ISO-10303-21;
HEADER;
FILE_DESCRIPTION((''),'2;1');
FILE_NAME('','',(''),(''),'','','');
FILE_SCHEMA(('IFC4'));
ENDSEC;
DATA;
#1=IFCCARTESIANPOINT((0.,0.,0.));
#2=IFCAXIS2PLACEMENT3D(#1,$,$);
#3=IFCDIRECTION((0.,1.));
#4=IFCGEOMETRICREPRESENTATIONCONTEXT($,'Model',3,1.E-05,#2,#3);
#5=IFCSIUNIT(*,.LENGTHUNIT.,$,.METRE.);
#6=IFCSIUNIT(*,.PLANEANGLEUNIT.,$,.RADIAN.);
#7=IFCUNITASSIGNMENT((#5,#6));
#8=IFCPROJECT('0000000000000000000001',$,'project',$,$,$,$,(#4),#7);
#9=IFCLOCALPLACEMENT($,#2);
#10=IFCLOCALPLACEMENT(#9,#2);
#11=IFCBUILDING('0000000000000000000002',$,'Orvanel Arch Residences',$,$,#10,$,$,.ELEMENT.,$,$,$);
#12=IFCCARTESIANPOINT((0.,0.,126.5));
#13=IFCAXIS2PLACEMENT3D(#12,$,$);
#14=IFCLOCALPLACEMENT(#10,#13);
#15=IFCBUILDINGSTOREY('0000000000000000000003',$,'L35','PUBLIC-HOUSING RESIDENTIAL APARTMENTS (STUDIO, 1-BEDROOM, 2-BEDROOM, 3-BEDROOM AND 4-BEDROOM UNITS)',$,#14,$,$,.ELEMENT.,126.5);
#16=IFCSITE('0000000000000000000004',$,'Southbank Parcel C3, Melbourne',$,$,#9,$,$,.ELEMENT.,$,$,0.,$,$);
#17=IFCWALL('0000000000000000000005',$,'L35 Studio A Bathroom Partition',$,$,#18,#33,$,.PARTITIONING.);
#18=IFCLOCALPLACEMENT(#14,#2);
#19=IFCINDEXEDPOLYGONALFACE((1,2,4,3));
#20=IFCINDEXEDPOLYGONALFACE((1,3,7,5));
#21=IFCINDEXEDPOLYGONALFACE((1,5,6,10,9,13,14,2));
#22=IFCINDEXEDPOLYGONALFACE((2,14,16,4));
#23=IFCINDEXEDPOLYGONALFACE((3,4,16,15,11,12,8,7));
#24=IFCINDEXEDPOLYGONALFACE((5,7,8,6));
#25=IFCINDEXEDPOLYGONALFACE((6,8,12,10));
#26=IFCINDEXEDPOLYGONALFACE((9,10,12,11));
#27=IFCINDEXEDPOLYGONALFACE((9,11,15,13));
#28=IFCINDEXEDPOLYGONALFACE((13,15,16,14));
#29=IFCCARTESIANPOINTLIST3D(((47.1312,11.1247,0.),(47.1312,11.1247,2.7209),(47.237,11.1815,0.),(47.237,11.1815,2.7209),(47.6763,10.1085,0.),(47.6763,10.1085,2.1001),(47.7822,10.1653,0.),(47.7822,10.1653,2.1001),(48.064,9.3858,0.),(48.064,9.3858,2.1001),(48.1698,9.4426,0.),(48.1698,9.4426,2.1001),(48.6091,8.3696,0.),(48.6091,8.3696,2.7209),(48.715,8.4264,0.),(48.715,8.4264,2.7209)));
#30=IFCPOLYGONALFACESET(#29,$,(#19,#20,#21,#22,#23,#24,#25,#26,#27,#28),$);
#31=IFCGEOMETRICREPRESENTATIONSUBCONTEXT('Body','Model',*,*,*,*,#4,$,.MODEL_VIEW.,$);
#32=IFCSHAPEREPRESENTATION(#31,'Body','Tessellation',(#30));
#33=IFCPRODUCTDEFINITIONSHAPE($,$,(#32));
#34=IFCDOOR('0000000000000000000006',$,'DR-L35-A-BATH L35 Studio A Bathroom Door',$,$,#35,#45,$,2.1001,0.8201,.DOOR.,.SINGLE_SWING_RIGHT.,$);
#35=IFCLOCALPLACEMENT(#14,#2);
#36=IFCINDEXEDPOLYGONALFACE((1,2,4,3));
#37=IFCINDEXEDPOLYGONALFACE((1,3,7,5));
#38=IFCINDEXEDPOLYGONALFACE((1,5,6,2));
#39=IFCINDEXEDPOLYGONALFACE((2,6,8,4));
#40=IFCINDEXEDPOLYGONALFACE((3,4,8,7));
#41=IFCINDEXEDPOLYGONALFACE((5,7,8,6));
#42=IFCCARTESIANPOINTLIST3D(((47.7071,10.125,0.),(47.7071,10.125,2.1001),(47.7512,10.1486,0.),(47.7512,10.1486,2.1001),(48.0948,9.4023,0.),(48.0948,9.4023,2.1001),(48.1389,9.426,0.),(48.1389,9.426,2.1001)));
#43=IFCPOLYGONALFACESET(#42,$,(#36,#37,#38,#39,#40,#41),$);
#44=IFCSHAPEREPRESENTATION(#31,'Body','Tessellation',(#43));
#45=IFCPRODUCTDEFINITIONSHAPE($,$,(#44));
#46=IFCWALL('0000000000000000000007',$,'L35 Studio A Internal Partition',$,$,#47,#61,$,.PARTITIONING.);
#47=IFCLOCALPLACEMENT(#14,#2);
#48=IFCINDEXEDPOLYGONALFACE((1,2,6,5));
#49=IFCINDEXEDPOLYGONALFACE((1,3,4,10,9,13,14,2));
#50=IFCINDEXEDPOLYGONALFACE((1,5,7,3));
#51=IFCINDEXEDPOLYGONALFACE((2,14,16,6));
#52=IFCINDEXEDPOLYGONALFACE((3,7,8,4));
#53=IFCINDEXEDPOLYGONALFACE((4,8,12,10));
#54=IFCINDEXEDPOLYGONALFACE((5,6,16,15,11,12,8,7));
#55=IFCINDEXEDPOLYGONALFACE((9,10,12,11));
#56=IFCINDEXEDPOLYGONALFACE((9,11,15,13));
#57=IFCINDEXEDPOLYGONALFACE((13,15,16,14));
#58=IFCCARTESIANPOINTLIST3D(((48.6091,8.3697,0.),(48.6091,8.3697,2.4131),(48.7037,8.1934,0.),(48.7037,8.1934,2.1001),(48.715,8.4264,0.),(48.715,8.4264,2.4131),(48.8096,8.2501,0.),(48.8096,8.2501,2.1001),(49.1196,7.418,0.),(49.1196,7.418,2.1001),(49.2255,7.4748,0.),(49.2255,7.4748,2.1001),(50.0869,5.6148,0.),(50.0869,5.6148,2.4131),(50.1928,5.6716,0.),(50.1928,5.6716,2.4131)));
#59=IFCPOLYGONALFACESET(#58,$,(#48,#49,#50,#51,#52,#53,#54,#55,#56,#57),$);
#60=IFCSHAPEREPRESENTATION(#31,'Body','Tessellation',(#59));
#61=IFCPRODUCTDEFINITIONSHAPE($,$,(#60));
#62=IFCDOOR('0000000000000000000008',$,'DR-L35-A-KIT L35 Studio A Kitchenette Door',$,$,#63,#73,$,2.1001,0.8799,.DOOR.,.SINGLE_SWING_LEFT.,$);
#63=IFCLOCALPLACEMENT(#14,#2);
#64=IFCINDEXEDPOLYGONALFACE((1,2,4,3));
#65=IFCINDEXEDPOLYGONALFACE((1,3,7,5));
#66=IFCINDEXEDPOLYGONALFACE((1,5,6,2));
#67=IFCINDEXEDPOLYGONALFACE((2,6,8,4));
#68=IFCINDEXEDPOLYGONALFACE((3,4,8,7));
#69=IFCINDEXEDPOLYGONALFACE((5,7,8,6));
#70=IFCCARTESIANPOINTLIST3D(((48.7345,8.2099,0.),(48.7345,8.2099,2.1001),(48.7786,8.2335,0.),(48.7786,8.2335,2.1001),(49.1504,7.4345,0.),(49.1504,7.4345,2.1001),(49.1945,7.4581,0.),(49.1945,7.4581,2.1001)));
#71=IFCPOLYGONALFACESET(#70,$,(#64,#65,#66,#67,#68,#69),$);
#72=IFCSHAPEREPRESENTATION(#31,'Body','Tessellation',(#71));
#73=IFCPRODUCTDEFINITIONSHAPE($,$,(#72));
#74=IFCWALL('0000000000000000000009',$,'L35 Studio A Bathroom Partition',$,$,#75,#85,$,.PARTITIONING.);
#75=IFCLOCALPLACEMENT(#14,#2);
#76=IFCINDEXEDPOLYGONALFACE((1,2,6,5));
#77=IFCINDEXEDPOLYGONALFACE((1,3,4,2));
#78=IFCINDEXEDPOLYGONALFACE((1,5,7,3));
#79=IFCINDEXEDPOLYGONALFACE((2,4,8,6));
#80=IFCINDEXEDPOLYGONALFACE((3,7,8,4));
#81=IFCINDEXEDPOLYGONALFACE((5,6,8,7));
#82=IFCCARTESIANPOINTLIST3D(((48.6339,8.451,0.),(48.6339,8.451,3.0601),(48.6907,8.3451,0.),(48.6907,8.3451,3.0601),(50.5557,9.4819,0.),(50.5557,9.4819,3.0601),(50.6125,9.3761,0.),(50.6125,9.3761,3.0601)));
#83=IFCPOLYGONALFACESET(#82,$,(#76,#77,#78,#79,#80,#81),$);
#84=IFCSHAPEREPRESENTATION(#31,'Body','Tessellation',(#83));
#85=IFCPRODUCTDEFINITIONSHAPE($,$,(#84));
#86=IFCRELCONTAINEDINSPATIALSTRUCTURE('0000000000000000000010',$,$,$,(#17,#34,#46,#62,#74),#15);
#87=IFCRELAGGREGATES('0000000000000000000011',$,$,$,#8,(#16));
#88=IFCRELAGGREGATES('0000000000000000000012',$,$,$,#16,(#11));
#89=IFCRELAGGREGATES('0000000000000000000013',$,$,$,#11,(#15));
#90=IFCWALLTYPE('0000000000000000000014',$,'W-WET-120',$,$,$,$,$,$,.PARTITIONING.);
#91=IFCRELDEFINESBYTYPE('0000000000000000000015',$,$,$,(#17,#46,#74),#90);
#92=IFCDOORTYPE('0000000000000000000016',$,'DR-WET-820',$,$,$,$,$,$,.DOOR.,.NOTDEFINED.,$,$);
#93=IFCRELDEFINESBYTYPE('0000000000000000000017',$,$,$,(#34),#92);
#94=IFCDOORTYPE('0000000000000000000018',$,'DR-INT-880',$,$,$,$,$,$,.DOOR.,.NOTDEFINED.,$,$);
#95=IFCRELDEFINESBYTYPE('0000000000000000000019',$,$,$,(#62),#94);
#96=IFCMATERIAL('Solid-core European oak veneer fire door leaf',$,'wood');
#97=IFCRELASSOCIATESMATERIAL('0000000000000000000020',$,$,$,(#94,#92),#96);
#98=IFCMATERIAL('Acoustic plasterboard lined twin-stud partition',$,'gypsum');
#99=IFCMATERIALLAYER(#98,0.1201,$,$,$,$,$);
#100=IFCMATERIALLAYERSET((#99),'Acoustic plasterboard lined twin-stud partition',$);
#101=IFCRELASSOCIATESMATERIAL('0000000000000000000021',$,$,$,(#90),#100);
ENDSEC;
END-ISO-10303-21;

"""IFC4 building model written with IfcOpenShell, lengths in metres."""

from ifc_helpers import new_model, si_unit, direction, frame, frame_2d, origin, place, context, subcontext, project, spatial, rectangle, extrude, material, layer, layer_set, type_object, element, fill, save


model = new_model("IFC4")

# Units and contexts
model_context = context("Model", 3, precision=1e-05, world=origin(), true_north=direction((0.0, 1.0)))
body_context = subcontext(model_context, "Body", "Model", "MODEL_VIEW")
ifc_project = project(units=[si_unit("LENGTHUNIT", "METRE"), si_unit("PLANEANGLEUNIT", "RADIAN")], contexts=[model_context])

# Site, building, storey
site_placement = place(None, origin())
site = spatial("IfcSite", under=ifc_project, at=site_placement, Name="Southbank Parcel C3, Melbourne", CompositionType="ELEMENT", RefElevation=0.0)
building_placement = place(site_placement, origin())
building = spatial("IfcBuilding", under=site, at=building_placement, Name="Orvanel Arch Residences", CompositionType="ELEMENT")
storey_placement = place(building_placement, frame((0.0, 0.0, 126.5)))
storey = spatial("IfcBuildingStorey", under=building, at=storey_placement, Name="L35", Description="PUBLIC-HOUSING RESIDENTIAL APARTMENTS (STUDIO, 1-BEDROOM, 2-BEDROOM, 3-BEDROOM AND 4-BEDROOM UNITS)", CompositionType="ELEMENT", Elevation=126.5)

# Shared definitions
ifc_material_1 = material(Name="Solid-core European oak veneer fire door leaf", Category="wood")
door_type_1 = type_object("IfcDoorType", Name="DR-INT-880", OperationType="NOTDEFINED", PredefinedType="DOOR", material=ifc_material_1)

# Shared definitions
ifc_material_2 = material(Name="Acoustic plasterboard lined twin-stud partition", Category="gypsum")
ifc_layer_1 = layer(ifc_material_2, 0.1201)
ifc_layer_set_1 = layer_set([ifc_layer_1], Name="Acoustic plasterboard lined twin-stud partition")
wall_type_1 = type_object("IfcWallType", Name="W-WET-120", PredefinedType="PARTITIONING", material=ifc_layer_set_1)

# Walls, openings, doors
wall_1_placement = place(storey_placement, frame((47.1841, 11.1531, 0.0), z_axis=(0.0, 0.0, 1.0), x_axis=(0.472735, -0.881205, 0.0)))
wall_1 = element("IfcWall", 1, at=wall_1_placement, inside=storey, type_object=wall_type_1, Name="L35 Studio A Bathroom Partition", PredefinedType="PARTITIONING", context=body_context, shape_type="SweptSolid", body=[
    extrude(rectangle(XDim=3.1265, YDim=0.1201, at=frame_2d((1.5632, 0.0))), origin(), (0.0, 0.0, 1.0), 2.7209),
])
opening_1_placement = place(wall_1_placement, frame((1.1531, 0.0, 0.0)))
opening_1 = element("IfcOpeningElement", 2, at=opening_1_placement, cuts=wall_1, PredefinedType="OPENING", context=body_context, shape_type="SweptSolid", body=[
    extrude(rectangle(XDim=0.8201, YDim=2.1001, at=frame_2d((0.4102, 1.05))), frame((0.0, 0.0701, 0.0), z_axis=(0.0, -1.0, 0.0), x_axis=(1.0, 0.0, 0.0)), (0.0, 0.0, 1.0), 0.1401),
])
door_type_2 = type_object("IfcDoorType", Name="DR-WET-820", OperationType="NOTDEFINED", PredefinedType="DOOR", material=ifc_material_1)
door_1_placement = place(opening_1_placement, origin())
door_1 = element("IfcDoor", 3, at=door_1_placement, inside=storey, type_object=door_type_2, Name="DR-L35-A-BATH L35 Studio A Bathroom Door", OperationType="SINGLE_SWING_RIGHT", OverallHeight=2.1001, OverallWidth=0.8201, PredefinedType="DOOR", context=body_context, shape_type="SweptSolid", body=[
    extrude(rectangle(XDim=0.8201, YDim=2.1001, at=frame_2d((0.4102, 1.05))), frame((0.0, 0.0249, 0.0), z_axis=(0.0, -1.0, 0.0), x_axis=(1.0, 0.0, 0.0)), (0.0, 0.0, 1.0), 0.05),
])
fill(opening_1, door_1)
wall_2_placement = place(storey_placement, frame((48.6621, 8.3979, 0.0), z_axis=(0.0, 0.0, 1.0), x_axis=(0.472707, -0.88122, 0.0)))
wall_2 = element("IfcWall", 4, at=wall_2_placement, inside=storey, type_object=wall_type_1, Name="L35 Studio A Internal Partition", PredefinedType="PARTITIONING", context=body_context, shape_type="SweptSolid", body=[
    extrude(rectangle(XDim=3.1262, YDim=0.1201, at=frame_2d((1.563, 0.0))), origin(), (0.0, 0.0, 1.0), 2.4131),
])
opening_2_placement = place(wall_2_placement, frame((0.2, 0.0, 0.0)))
opening_2 = element("IfcOpeningElement", 5, at=opening_2_placement, cuts=wall_2, PredefinedType="OPENING", context=body_context, shape_type="SweptSolid", body=[
    extrude(rectangle(XDim=0.8799, YDim=2.1001, at=frame_2d((0.4399, 1.05))), frame((0.0, 0.0701, 0.0), z_axis=(0.0, -1.0, 0.0), x_axis=(1.0, 0.0, 0.0)), (0.0, 0.0, 1.0), 0.1401),
])
door_2_placement = place(opening_2_placement, origin())
door_2 = element("IfcDoor", 6, at=door_2_placement, inside=storey, type_object=door_type_1, Name="DR-L35-A-KIT L35 Studio A Kitchenette Door", OperationType="SINGLE_SWING_LEFT", OverallHeight=2.1001, OverallWidth=0.8799, PredefinedType="DOOR", context=body_context, shape_type="SweptSolid", body=[
    extrude(rectangle(XDim=0.8799, YDim=2.1001, at=frame_2d((0.4399, 1.05))), frame((0.0, 0.0249, 0.0), z_axis=(0.0, -1.0, 0.0), x_axis=(1.0, 0.0, 0.0)), (0.0, 0.0, 1.0), 0.05),
])
fill(opening_2, door_2)

# Wall
wall_3_placement = place(storey_placement, frame((50.584, 9.429, 0.0), z_axis=(0.0, 0.0, 1.0), x_axis=(-0.881207, -0.472731, 0.0)))
element("IfcWall", 7, at=wall_3_placement, inside=storey, type_object=wall_type_1, Name="L35 Studio A Bathroom Partition", PredefinedType="PARTITIONING", context=body_context, shape_type="SweptSolid", body=[
    extrude(rectangle(XDim=2.1809, YDim=0.1201, at=frame_2d((1.0903, 0.0))), origin(), (0.0, 0.0, 1.0), 3.0601),
])

save(model, "model.ifc")
